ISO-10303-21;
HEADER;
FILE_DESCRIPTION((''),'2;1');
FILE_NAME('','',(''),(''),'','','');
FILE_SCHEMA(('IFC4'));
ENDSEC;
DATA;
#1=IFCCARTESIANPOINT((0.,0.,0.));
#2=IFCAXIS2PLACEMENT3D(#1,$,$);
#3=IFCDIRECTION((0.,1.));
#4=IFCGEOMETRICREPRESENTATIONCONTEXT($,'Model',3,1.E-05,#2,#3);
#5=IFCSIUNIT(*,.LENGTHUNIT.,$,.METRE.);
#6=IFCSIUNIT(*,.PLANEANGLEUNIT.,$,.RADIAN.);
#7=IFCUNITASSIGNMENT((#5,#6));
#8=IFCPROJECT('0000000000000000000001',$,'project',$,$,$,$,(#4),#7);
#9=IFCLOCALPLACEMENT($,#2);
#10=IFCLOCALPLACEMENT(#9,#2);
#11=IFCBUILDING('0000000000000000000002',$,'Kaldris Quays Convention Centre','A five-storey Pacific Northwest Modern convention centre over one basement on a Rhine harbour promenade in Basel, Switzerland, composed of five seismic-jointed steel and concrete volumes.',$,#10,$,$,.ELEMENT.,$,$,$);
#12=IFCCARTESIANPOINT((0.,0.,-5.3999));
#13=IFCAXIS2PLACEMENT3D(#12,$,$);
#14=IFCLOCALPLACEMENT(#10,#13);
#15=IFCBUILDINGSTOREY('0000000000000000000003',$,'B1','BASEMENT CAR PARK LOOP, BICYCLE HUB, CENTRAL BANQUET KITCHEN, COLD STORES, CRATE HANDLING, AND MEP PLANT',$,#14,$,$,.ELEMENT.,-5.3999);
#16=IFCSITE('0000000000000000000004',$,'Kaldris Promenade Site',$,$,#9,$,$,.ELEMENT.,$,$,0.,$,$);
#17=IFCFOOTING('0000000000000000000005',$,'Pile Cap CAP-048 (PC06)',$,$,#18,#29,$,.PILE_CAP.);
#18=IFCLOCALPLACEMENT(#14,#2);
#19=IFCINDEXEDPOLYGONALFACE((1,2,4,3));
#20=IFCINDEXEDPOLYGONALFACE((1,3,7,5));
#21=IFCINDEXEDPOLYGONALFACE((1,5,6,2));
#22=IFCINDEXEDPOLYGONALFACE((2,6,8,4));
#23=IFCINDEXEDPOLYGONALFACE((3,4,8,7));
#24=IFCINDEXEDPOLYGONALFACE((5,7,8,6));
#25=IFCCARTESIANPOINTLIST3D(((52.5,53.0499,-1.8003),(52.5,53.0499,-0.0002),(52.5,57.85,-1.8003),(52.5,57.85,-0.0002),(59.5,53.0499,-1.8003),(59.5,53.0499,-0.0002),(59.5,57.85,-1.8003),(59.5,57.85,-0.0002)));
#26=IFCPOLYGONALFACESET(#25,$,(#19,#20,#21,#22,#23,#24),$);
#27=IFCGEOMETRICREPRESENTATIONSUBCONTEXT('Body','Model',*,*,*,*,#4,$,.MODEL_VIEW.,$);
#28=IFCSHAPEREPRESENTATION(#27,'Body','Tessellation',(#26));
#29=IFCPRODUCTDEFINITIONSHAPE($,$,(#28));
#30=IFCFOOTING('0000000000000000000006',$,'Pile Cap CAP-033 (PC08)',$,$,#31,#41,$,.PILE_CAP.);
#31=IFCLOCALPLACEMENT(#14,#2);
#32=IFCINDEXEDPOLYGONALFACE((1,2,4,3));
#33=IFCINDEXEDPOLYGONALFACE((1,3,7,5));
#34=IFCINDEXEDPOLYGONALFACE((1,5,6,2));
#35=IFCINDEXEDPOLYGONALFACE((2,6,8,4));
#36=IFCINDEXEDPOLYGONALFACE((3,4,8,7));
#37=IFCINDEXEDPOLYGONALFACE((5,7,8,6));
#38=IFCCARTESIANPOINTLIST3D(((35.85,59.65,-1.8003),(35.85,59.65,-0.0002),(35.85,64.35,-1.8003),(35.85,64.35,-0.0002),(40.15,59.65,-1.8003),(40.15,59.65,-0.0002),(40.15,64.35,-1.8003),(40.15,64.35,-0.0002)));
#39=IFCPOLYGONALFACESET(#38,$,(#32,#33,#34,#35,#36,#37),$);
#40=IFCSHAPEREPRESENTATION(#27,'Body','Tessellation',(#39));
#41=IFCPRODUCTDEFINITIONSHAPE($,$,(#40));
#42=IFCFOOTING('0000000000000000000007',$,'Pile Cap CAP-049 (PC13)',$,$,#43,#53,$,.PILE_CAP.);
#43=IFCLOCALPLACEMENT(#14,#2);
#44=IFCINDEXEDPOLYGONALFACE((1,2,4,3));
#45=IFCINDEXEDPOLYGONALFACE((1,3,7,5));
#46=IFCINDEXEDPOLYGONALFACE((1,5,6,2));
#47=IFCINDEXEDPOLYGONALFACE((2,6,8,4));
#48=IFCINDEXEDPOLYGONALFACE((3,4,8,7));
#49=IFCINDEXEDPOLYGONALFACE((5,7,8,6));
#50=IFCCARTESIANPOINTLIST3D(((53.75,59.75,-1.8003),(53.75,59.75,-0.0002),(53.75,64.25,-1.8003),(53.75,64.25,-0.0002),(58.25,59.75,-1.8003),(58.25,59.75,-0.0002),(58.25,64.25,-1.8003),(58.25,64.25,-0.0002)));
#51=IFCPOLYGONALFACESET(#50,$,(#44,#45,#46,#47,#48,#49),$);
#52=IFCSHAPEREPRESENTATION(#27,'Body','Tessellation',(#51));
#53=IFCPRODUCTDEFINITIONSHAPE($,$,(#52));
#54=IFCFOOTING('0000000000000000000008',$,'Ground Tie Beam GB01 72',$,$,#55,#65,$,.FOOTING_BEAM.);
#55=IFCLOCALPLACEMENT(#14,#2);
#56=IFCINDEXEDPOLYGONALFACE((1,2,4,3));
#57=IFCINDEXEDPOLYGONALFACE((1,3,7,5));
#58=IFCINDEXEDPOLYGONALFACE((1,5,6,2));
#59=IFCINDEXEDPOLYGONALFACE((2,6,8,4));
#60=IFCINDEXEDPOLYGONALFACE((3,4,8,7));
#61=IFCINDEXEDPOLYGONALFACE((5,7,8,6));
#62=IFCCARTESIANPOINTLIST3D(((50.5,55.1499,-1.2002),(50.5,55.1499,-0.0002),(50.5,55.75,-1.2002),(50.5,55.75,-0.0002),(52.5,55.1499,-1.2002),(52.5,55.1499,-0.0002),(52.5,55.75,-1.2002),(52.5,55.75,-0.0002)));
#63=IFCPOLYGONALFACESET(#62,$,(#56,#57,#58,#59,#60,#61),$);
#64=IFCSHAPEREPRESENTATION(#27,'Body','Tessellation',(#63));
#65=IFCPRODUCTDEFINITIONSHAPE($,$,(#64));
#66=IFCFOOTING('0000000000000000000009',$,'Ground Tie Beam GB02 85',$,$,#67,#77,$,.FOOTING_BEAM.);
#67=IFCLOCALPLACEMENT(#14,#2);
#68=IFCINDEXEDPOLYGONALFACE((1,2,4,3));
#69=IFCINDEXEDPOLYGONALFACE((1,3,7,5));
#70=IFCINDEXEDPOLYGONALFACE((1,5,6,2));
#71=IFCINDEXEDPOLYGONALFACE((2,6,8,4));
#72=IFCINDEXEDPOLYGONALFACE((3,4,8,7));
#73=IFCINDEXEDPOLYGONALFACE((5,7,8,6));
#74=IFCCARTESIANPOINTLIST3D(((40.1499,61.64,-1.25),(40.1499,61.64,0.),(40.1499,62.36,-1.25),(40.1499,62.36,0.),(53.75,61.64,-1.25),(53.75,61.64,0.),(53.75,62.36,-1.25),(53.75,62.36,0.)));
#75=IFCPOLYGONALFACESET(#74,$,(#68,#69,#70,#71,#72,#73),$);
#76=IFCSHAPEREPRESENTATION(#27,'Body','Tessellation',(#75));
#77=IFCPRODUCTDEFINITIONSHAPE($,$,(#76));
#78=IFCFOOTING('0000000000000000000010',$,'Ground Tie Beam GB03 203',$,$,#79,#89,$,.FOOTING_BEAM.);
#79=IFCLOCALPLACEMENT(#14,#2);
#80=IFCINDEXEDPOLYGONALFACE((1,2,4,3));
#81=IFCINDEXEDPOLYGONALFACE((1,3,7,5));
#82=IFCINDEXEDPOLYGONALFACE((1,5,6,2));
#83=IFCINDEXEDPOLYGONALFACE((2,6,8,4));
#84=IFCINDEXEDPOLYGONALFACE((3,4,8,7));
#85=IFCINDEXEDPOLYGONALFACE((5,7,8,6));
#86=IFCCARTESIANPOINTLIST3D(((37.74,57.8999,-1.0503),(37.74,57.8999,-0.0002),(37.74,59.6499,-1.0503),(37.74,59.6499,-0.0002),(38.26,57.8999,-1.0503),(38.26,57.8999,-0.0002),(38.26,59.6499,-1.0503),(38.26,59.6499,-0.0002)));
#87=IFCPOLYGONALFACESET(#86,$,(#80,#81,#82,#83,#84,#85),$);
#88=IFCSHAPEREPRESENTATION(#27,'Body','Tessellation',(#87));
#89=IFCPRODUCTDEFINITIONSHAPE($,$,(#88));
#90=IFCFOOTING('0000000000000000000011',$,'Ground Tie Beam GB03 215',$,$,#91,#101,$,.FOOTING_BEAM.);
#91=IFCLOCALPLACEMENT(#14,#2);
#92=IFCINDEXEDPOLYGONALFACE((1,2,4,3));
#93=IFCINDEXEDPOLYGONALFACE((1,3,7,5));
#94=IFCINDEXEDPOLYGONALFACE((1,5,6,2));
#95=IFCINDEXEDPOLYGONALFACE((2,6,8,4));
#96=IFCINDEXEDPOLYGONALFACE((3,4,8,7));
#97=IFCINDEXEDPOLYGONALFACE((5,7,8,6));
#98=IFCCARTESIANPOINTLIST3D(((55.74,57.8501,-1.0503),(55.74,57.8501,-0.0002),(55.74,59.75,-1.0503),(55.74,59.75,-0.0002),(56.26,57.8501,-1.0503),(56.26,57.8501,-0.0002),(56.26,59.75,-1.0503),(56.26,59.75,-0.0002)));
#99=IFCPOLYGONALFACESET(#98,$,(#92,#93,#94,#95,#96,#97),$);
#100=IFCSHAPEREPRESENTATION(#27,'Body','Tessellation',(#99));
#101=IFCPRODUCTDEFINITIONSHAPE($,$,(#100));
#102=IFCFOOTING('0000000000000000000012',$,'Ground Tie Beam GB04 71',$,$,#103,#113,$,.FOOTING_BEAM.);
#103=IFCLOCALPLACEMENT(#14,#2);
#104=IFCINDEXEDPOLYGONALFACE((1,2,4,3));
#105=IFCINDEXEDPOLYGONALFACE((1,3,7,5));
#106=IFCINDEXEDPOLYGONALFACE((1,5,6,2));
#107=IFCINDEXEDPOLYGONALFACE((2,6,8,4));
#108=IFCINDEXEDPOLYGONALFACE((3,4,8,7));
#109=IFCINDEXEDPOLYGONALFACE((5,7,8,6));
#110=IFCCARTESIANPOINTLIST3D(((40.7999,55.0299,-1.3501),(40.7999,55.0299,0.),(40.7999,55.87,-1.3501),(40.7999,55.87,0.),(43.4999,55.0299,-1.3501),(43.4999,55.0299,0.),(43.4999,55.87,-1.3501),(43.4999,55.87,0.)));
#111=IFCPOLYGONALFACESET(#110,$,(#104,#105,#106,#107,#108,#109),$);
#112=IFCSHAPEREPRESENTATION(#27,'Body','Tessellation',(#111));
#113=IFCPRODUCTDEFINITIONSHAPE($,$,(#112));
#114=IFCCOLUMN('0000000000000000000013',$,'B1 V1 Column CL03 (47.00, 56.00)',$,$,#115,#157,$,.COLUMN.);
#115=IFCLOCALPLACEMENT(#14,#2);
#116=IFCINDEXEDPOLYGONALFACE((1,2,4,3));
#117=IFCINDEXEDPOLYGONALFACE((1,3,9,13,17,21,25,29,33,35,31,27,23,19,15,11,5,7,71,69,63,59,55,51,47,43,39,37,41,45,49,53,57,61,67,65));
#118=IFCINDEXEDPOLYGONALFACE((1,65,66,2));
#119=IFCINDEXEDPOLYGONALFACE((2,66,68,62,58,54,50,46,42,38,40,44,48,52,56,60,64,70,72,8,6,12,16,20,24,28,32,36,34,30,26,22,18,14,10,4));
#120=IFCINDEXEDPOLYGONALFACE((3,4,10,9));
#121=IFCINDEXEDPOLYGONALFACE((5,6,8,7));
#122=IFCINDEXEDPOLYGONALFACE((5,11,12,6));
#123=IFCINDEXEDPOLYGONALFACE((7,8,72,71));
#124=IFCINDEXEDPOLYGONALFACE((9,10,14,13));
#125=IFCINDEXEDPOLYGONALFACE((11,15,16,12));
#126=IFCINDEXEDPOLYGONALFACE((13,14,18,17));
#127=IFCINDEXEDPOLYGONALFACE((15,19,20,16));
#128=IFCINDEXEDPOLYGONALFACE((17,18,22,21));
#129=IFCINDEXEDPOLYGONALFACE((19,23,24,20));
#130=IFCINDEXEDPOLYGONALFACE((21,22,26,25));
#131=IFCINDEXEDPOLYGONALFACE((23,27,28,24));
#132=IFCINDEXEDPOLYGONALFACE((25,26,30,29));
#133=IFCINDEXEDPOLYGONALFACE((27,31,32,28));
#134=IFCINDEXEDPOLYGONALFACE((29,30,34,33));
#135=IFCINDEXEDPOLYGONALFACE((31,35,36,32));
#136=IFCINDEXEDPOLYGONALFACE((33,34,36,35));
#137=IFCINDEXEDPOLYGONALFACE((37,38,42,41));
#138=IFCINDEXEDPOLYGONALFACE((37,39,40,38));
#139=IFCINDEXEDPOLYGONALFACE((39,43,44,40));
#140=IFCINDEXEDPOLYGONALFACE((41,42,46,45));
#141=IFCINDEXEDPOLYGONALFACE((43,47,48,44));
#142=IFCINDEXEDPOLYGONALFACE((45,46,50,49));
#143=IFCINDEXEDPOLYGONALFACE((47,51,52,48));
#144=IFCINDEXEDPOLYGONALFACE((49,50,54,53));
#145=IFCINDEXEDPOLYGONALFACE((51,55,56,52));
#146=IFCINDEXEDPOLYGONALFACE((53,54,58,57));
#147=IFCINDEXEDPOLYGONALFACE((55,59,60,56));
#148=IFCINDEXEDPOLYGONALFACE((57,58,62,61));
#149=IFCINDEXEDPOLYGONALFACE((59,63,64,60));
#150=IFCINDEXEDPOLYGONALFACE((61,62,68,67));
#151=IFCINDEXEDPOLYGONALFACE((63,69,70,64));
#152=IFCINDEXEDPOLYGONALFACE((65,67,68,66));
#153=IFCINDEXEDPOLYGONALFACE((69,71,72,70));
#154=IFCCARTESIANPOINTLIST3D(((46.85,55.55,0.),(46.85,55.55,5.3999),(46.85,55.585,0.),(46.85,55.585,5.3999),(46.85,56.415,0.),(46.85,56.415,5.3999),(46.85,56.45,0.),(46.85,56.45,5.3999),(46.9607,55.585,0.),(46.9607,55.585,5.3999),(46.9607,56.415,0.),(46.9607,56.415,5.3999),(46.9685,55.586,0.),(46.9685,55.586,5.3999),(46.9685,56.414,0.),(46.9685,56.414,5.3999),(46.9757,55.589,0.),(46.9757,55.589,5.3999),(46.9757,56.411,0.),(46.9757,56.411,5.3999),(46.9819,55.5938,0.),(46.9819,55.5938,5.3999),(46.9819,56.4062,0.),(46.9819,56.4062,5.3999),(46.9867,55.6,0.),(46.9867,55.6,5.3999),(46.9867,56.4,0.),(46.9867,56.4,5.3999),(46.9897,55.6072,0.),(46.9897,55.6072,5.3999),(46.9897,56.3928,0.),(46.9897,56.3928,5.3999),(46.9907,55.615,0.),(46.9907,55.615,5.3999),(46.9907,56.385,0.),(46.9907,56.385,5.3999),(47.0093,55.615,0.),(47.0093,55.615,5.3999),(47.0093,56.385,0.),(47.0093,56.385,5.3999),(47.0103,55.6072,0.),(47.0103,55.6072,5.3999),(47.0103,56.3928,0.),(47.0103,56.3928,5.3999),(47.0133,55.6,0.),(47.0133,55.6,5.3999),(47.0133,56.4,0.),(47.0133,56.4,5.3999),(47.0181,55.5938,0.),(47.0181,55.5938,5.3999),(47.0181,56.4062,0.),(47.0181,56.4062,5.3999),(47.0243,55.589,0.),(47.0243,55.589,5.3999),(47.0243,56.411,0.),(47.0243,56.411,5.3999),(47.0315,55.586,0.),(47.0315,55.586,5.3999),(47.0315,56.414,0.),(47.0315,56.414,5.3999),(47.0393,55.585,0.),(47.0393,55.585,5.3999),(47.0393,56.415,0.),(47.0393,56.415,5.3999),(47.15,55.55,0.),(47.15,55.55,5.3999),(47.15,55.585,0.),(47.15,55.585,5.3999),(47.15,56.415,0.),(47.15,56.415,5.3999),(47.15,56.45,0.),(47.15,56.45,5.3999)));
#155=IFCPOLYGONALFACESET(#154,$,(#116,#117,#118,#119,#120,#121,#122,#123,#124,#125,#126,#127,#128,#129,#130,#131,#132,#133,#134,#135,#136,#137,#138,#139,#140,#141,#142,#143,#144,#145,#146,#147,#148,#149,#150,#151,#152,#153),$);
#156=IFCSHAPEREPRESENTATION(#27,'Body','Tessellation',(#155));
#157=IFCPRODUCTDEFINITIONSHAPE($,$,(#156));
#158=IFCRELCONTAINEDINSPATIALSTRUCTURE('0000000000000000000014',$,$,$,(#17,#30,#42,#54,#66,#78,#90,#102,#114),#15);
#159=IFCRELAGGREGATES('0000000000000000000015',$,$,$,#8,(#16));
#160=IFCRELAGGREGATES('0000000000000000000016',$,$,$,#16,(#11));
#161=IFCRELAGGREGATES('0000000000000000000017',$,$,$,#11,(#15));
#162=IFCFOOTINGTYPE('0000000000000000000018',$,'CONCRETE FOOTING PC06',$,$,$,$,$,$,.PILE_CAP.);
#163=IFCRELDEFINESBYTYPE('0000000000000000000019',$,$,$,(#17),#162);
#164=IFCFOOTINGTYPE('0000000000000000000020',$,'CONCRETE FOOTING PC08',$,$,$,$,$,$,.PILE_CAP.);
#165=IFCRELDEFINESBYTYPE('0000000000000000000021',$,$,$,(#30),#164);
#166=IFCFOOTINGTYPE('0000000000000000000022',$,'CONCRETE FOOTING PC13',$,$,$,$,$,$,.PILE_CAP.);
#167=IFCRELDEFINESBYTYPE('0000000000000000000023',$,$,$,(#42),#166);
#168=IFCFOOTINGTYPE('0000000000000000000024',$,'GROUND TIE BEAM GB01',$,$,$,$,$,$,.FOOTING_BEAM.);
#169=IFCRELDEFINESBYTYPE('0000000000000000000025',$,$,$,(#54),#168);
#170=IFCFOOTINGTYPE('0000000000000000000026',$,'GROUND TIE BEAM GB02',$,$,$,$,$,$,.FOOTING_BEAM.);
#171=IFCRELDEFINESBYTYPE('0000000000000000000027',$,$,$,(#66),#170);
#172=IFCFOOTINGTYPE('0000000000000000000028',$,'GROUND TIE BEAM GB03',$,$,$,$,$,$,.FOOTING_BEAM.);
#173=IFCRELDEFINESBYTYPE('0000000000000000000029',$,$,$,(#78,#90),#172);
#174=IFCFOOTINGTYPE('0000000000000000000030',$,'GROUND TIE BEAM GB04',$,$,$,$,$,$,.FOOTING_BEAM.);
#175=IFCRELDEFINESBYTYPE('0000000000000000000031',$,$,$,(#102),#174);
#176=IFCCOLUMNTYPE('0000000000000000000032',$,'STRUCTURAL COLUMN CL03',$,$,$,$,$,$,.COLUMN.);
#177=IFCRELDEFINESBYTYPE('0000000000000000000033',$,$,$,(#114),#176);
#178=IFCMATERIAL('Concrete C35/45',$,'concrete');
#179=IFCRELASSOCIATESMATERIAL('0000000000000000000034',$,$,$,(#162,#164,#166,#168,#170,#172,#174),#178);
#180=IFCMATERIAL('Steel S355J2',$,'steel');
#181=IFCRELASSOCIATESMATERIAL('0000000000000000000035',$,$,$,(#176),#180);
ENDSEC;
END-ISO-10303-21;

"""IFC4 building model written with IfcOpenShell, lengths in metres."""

from ifc_helpers import new_model, si_unit, direction, frame, origin, origin_2d, place, context, subcontext, project, spatial, rectangle, i_section, extrude, material, material_profile, profile_set, type_object, element, save


model = new_model("IFC4")

# Units and contexts
model_context = context("Model", 3, precision=1e-05, world=origin(), true_north=direction((0.0, 1.0)))
body_context = subcontext(model_context, "Body", "Model", "MODEL_VIEW")
ifc_project = project(units=[si_unit("LENGTHUNIT", "METRE"), si_unit("PLANEANGLEUNIT", "RADIAN")], contexts=[model_context])

# Site, building, storey
site_placement = place(None, origin())
site = spatial("IfcSite", under=ifc_project, at=site_placement, Name="Kaldris Promenade Site", CompositionType="ELEMENT", RefElevation=0.0)
building_placement = place(site_placement, origin())
building = spatial("IfcBuilding", under=site, at=building_placement, Name="Kaldris Quays Convention Centre", Description="A five-storey Pacific Northwest Modern convention centre over one basement on a Rhine harbour promenade in Basel, Switzerland, composed of five seismic-jointed steel and concrete volumes.", CompositionType="ELEMENT")
storey_placement = place(building_placement, frame((0.0, 0.0, -5.3999)))
storey = spatial("IfcBuildingStorey", under=building, at=storey_placement, Name="B1", Description="BASEMENT CAR PARK LOOP, BICYCLE HUB, CENTRAL BANQUET KITCHEN, COLD STORES, CRATE HANDLING, AND MEP PLANT", CompositionType="ELEMENT", Elevation=-5.3999)

# Shared definitions
ifc_material_1 = material(Name="Concrete C35/45", Category="concrete")

# Footings
footing_type_1 = type_object("IfcFootingType", Name="CONCRETE FOOTING PC06", PredefinedType="PILE_CAP", material=ifc_material_1)
for number, where, z_axis, x_axis, name in (
    (1, (56.0, 55.45, -1.8003), (0.0, 0.0, 1.0), (1.0, 0.0, 0.0), "Pile Cap CAP-048 (PC06)"),
):
    element("IfcFooting", number, at=place(storey_placement, frame(where, z_axis=z_axis, x_axis=x_axis)), inside=storey, type_object=footing_type_1, Name=name, PredefinedType="PILE_CAP", context=body_context, shape_type="SweptSolid", body=[
        extrude(rectangle(XDim=7.0, YDim=4.8, at=origin_2d()), origin(), (0.0, 0.0, 1.0), 1.8),
    ])
footing_type_2 = type_object("IfcFootingType", Name="CONCRETE FOOTING PC08", PredefinedType="PILE_CAP", material=ifc_material_1)
footing_1_placement = place(storey_placement, frame((38.0, 62.0, -1.8003), z_axis=(0.0, 0.0, 1.0), x_axis=(1.0, 0.0, 0.0)))
element("IfcFooting", 2, at=footing_1_placement, inside=storey, type_object=footing_type_2, Name="Pile Cap CAP-033 (PC08)", PredefinedType="PILE_CAP", context=body_context, shape_type="SweptSolid", body=[
    extrude(rectangle(XDim=4.3, YDim=4.7, at=origin_2d()), origin(), (0.0, 0.0, 1.0), 1.8),
])
footing_type_3 = type_object("IfcFootingType", Name="CONCRETE FOOTING PC13", PredefinedType="PILE_CAP", material=ifc_material_1)
footing_2_placement = place(storey_placement, frame((56.0, 62.0, -1.8003), z_axis=(0.0, 0.0, 1.0), x_axis=(1.0, 0.0, 0.0)))
element("IfcFooting", 3, at=footing_2_placement, inside=storey, type_object=footing_type_3, Name="Pile Cap CAP-049 (PC13)", PredefinedType="PILE_CAP", context=body_context, shape_type="SweptSolid", body=[
    extrude(rectangle(XDim=4.5, YDim=4.5, at=origin_2d()), origin(), (0.0, 0.0, 1.0), 1.8),
])
footing_type_4 = type_object("IfcFootingType", Name="GROUND TIE BEAM GB01", PredefinedType="FOOTING_BEAM", material=ifc_material_1)
footing_3_placement = place(storey_placement, frame((51.5, 55.45, -1.2002), z_axis=(0.0, 0.0, 1.0), x_axis=(1.0, 0.0, 0.0)))
element("IfcFooting", 4, at=footing_3_placement, inside=storey, type_object=footing_type_4, Name="Ground Tie Beam GB01 72", PredefinedType="FOOTING_BEAM", context=body_context, shape_type="SweptSolid", body=[
    extrude(rectangle(XDim=2.0, YDim=0.6001, at=origin_2d()), origin(), (0.0, 0.0, 1.0), 1.2),
])
footing_type_5 = type_object("IfcFootingType", Name="GROUND TIE BEAM GB02", PredefinedType="FOOTING_BEAM", material=ifc_material_1)
footing_4_placement = place(storey_placement, frame((46.95, 62.0, -1.25), z_axis=(0.0, 0.0, 1.0), x_axis=(1.0, 0.0, 0.0)))
element("IfcFooting", 5, at=footing_4_placement, inside=storey, type_object=footing_type_5, Name="Ground Tie Beam GB02 85", PredefinedType="FOOTING_BEAM", context=body_context, shape_type="SweptSolid", body=[
    extrude(rectangle(XDim=13.6001, YDim=0.72, at=origin_2d()), origin(), (0.0, 0.0, 1.0), 1.25),
])
footing_type_6 = type_object("IfcFootingType", Name="GROUND TIE BEAM GB03", PredefinedType="FOOTING_BEAM", material=ifc_material_1)
footing_5_placement = place(storey_placement, frame((38.0, 58.7749, -1.0503), z_axis=(0.0, 0.0, 1.0), x_axis=(1.0, 0.0, 0.0)))
element("IfcFooting", 6, at=footing_5_placement, inside=storey, type_object=footing_type_6, Name="Ground Tie Beam GB03 203", PredefinedType="FOOTING_BEAM", context=body_context, shape_type="SweptSolid", body=[
    extrude(rectangle(XDim=0.52, YDim=1.75, at=origin_2d()), origin(), (0.0, 0.0, 1.0), 1.05),
])
footing_6_placement = place(storey_placement, frame((56.0, 58.8, -1.0503), z_axis=(0.0, 0.0, 1.0), x_axis=(1.0, 0.0, 0.0)))
element("IfcFooting", 7, at=footing_6_placement, inside=storey, type_object=footing_type_6, Name="Ground Tie Beam GB03 215", PredefinedType="FOOTING_BEAM", context=body_context, shape_type="SweptSolid", body=[
    extrude(rectangle(XDim=0.52, YDim=1.8999, at=origin_2d()), origin(), (0.0, 0.0, 1.0), 1.05),
])
footing_type_7 = type_object("IfcFootingType", Name="GROUND TIE BEAM GB04", PredefinedType="FOOTING_BEAM", material=ifc_material_1)
footing_7_placement = place(storey_placement, frame((42.1499, 55.45, -1.3501), z_axis=(0.0, 0.0, 1.0), x_axis=(1.0, 0.0, 0.0)))
element("IfcFooting", 8, at=footing_7_placement, inside=storey, type_object=footing_type_7, Name="Ground Tie Beam GB04 71", PredefinedType="FOOTING_BEAM", context=body_context, shape_type="SweptSolid", body=[
    extrude(rectangle(XDim=2.7, YDim=0.8401, at=origin_2d()), origin(), (0.0, 0.0, 1.0), 1.3501),
])

# Column
ifc_material_2 = material(Name="Steel S355J2", Category="steel")
ifc_material_profile_1 = material_profile(ifc_material_2, i_section(OverallWidth=0.3, OverallDepth=0.8999, WebThickness=0.0186, FlangeThickness=0.0349, FilletRadius=0.03, at=origin_2d()), Name="HEB 900")
ifc_profile_set_1 = profile_set([ifc_material_profile_1], Name="Steel S355J2")
column_type_1 = type_object("IfcColumnType", Name="STRUCTURAL COLUMN CL03", PredefinedType="COLUMN", material=ifc_profile_set_1)
for number, where, z_axis, x_axis, name in (
    (9, (47.0, 56.0, 0.0), (0.0, 0.0, 1.0), (1.0, 0.0, 0.0), "B1 V1 Column CL03 (47.00, 56.00)"),
):
    element("IfcColumn", number, at=place(storey_placement, frame(where, z_axis=z_axis, x_axis=x_axis)), inside=storey, type_object=column_type_1, Name=name, PredefinedType="COLUMN", context=body_context, shape_type="SweptSolid", body=[
        extrude(i_section(OverallWidth=0.3, OverallDepth=0.8999, WebThickness=0.0186, FlangeThickness=0.0349, FilletRadius=0.03, at=origin_2d()), origin(), (0.0, 0.0, 1.0), 5.3999),
    ])

save(model, "model.ifc")
